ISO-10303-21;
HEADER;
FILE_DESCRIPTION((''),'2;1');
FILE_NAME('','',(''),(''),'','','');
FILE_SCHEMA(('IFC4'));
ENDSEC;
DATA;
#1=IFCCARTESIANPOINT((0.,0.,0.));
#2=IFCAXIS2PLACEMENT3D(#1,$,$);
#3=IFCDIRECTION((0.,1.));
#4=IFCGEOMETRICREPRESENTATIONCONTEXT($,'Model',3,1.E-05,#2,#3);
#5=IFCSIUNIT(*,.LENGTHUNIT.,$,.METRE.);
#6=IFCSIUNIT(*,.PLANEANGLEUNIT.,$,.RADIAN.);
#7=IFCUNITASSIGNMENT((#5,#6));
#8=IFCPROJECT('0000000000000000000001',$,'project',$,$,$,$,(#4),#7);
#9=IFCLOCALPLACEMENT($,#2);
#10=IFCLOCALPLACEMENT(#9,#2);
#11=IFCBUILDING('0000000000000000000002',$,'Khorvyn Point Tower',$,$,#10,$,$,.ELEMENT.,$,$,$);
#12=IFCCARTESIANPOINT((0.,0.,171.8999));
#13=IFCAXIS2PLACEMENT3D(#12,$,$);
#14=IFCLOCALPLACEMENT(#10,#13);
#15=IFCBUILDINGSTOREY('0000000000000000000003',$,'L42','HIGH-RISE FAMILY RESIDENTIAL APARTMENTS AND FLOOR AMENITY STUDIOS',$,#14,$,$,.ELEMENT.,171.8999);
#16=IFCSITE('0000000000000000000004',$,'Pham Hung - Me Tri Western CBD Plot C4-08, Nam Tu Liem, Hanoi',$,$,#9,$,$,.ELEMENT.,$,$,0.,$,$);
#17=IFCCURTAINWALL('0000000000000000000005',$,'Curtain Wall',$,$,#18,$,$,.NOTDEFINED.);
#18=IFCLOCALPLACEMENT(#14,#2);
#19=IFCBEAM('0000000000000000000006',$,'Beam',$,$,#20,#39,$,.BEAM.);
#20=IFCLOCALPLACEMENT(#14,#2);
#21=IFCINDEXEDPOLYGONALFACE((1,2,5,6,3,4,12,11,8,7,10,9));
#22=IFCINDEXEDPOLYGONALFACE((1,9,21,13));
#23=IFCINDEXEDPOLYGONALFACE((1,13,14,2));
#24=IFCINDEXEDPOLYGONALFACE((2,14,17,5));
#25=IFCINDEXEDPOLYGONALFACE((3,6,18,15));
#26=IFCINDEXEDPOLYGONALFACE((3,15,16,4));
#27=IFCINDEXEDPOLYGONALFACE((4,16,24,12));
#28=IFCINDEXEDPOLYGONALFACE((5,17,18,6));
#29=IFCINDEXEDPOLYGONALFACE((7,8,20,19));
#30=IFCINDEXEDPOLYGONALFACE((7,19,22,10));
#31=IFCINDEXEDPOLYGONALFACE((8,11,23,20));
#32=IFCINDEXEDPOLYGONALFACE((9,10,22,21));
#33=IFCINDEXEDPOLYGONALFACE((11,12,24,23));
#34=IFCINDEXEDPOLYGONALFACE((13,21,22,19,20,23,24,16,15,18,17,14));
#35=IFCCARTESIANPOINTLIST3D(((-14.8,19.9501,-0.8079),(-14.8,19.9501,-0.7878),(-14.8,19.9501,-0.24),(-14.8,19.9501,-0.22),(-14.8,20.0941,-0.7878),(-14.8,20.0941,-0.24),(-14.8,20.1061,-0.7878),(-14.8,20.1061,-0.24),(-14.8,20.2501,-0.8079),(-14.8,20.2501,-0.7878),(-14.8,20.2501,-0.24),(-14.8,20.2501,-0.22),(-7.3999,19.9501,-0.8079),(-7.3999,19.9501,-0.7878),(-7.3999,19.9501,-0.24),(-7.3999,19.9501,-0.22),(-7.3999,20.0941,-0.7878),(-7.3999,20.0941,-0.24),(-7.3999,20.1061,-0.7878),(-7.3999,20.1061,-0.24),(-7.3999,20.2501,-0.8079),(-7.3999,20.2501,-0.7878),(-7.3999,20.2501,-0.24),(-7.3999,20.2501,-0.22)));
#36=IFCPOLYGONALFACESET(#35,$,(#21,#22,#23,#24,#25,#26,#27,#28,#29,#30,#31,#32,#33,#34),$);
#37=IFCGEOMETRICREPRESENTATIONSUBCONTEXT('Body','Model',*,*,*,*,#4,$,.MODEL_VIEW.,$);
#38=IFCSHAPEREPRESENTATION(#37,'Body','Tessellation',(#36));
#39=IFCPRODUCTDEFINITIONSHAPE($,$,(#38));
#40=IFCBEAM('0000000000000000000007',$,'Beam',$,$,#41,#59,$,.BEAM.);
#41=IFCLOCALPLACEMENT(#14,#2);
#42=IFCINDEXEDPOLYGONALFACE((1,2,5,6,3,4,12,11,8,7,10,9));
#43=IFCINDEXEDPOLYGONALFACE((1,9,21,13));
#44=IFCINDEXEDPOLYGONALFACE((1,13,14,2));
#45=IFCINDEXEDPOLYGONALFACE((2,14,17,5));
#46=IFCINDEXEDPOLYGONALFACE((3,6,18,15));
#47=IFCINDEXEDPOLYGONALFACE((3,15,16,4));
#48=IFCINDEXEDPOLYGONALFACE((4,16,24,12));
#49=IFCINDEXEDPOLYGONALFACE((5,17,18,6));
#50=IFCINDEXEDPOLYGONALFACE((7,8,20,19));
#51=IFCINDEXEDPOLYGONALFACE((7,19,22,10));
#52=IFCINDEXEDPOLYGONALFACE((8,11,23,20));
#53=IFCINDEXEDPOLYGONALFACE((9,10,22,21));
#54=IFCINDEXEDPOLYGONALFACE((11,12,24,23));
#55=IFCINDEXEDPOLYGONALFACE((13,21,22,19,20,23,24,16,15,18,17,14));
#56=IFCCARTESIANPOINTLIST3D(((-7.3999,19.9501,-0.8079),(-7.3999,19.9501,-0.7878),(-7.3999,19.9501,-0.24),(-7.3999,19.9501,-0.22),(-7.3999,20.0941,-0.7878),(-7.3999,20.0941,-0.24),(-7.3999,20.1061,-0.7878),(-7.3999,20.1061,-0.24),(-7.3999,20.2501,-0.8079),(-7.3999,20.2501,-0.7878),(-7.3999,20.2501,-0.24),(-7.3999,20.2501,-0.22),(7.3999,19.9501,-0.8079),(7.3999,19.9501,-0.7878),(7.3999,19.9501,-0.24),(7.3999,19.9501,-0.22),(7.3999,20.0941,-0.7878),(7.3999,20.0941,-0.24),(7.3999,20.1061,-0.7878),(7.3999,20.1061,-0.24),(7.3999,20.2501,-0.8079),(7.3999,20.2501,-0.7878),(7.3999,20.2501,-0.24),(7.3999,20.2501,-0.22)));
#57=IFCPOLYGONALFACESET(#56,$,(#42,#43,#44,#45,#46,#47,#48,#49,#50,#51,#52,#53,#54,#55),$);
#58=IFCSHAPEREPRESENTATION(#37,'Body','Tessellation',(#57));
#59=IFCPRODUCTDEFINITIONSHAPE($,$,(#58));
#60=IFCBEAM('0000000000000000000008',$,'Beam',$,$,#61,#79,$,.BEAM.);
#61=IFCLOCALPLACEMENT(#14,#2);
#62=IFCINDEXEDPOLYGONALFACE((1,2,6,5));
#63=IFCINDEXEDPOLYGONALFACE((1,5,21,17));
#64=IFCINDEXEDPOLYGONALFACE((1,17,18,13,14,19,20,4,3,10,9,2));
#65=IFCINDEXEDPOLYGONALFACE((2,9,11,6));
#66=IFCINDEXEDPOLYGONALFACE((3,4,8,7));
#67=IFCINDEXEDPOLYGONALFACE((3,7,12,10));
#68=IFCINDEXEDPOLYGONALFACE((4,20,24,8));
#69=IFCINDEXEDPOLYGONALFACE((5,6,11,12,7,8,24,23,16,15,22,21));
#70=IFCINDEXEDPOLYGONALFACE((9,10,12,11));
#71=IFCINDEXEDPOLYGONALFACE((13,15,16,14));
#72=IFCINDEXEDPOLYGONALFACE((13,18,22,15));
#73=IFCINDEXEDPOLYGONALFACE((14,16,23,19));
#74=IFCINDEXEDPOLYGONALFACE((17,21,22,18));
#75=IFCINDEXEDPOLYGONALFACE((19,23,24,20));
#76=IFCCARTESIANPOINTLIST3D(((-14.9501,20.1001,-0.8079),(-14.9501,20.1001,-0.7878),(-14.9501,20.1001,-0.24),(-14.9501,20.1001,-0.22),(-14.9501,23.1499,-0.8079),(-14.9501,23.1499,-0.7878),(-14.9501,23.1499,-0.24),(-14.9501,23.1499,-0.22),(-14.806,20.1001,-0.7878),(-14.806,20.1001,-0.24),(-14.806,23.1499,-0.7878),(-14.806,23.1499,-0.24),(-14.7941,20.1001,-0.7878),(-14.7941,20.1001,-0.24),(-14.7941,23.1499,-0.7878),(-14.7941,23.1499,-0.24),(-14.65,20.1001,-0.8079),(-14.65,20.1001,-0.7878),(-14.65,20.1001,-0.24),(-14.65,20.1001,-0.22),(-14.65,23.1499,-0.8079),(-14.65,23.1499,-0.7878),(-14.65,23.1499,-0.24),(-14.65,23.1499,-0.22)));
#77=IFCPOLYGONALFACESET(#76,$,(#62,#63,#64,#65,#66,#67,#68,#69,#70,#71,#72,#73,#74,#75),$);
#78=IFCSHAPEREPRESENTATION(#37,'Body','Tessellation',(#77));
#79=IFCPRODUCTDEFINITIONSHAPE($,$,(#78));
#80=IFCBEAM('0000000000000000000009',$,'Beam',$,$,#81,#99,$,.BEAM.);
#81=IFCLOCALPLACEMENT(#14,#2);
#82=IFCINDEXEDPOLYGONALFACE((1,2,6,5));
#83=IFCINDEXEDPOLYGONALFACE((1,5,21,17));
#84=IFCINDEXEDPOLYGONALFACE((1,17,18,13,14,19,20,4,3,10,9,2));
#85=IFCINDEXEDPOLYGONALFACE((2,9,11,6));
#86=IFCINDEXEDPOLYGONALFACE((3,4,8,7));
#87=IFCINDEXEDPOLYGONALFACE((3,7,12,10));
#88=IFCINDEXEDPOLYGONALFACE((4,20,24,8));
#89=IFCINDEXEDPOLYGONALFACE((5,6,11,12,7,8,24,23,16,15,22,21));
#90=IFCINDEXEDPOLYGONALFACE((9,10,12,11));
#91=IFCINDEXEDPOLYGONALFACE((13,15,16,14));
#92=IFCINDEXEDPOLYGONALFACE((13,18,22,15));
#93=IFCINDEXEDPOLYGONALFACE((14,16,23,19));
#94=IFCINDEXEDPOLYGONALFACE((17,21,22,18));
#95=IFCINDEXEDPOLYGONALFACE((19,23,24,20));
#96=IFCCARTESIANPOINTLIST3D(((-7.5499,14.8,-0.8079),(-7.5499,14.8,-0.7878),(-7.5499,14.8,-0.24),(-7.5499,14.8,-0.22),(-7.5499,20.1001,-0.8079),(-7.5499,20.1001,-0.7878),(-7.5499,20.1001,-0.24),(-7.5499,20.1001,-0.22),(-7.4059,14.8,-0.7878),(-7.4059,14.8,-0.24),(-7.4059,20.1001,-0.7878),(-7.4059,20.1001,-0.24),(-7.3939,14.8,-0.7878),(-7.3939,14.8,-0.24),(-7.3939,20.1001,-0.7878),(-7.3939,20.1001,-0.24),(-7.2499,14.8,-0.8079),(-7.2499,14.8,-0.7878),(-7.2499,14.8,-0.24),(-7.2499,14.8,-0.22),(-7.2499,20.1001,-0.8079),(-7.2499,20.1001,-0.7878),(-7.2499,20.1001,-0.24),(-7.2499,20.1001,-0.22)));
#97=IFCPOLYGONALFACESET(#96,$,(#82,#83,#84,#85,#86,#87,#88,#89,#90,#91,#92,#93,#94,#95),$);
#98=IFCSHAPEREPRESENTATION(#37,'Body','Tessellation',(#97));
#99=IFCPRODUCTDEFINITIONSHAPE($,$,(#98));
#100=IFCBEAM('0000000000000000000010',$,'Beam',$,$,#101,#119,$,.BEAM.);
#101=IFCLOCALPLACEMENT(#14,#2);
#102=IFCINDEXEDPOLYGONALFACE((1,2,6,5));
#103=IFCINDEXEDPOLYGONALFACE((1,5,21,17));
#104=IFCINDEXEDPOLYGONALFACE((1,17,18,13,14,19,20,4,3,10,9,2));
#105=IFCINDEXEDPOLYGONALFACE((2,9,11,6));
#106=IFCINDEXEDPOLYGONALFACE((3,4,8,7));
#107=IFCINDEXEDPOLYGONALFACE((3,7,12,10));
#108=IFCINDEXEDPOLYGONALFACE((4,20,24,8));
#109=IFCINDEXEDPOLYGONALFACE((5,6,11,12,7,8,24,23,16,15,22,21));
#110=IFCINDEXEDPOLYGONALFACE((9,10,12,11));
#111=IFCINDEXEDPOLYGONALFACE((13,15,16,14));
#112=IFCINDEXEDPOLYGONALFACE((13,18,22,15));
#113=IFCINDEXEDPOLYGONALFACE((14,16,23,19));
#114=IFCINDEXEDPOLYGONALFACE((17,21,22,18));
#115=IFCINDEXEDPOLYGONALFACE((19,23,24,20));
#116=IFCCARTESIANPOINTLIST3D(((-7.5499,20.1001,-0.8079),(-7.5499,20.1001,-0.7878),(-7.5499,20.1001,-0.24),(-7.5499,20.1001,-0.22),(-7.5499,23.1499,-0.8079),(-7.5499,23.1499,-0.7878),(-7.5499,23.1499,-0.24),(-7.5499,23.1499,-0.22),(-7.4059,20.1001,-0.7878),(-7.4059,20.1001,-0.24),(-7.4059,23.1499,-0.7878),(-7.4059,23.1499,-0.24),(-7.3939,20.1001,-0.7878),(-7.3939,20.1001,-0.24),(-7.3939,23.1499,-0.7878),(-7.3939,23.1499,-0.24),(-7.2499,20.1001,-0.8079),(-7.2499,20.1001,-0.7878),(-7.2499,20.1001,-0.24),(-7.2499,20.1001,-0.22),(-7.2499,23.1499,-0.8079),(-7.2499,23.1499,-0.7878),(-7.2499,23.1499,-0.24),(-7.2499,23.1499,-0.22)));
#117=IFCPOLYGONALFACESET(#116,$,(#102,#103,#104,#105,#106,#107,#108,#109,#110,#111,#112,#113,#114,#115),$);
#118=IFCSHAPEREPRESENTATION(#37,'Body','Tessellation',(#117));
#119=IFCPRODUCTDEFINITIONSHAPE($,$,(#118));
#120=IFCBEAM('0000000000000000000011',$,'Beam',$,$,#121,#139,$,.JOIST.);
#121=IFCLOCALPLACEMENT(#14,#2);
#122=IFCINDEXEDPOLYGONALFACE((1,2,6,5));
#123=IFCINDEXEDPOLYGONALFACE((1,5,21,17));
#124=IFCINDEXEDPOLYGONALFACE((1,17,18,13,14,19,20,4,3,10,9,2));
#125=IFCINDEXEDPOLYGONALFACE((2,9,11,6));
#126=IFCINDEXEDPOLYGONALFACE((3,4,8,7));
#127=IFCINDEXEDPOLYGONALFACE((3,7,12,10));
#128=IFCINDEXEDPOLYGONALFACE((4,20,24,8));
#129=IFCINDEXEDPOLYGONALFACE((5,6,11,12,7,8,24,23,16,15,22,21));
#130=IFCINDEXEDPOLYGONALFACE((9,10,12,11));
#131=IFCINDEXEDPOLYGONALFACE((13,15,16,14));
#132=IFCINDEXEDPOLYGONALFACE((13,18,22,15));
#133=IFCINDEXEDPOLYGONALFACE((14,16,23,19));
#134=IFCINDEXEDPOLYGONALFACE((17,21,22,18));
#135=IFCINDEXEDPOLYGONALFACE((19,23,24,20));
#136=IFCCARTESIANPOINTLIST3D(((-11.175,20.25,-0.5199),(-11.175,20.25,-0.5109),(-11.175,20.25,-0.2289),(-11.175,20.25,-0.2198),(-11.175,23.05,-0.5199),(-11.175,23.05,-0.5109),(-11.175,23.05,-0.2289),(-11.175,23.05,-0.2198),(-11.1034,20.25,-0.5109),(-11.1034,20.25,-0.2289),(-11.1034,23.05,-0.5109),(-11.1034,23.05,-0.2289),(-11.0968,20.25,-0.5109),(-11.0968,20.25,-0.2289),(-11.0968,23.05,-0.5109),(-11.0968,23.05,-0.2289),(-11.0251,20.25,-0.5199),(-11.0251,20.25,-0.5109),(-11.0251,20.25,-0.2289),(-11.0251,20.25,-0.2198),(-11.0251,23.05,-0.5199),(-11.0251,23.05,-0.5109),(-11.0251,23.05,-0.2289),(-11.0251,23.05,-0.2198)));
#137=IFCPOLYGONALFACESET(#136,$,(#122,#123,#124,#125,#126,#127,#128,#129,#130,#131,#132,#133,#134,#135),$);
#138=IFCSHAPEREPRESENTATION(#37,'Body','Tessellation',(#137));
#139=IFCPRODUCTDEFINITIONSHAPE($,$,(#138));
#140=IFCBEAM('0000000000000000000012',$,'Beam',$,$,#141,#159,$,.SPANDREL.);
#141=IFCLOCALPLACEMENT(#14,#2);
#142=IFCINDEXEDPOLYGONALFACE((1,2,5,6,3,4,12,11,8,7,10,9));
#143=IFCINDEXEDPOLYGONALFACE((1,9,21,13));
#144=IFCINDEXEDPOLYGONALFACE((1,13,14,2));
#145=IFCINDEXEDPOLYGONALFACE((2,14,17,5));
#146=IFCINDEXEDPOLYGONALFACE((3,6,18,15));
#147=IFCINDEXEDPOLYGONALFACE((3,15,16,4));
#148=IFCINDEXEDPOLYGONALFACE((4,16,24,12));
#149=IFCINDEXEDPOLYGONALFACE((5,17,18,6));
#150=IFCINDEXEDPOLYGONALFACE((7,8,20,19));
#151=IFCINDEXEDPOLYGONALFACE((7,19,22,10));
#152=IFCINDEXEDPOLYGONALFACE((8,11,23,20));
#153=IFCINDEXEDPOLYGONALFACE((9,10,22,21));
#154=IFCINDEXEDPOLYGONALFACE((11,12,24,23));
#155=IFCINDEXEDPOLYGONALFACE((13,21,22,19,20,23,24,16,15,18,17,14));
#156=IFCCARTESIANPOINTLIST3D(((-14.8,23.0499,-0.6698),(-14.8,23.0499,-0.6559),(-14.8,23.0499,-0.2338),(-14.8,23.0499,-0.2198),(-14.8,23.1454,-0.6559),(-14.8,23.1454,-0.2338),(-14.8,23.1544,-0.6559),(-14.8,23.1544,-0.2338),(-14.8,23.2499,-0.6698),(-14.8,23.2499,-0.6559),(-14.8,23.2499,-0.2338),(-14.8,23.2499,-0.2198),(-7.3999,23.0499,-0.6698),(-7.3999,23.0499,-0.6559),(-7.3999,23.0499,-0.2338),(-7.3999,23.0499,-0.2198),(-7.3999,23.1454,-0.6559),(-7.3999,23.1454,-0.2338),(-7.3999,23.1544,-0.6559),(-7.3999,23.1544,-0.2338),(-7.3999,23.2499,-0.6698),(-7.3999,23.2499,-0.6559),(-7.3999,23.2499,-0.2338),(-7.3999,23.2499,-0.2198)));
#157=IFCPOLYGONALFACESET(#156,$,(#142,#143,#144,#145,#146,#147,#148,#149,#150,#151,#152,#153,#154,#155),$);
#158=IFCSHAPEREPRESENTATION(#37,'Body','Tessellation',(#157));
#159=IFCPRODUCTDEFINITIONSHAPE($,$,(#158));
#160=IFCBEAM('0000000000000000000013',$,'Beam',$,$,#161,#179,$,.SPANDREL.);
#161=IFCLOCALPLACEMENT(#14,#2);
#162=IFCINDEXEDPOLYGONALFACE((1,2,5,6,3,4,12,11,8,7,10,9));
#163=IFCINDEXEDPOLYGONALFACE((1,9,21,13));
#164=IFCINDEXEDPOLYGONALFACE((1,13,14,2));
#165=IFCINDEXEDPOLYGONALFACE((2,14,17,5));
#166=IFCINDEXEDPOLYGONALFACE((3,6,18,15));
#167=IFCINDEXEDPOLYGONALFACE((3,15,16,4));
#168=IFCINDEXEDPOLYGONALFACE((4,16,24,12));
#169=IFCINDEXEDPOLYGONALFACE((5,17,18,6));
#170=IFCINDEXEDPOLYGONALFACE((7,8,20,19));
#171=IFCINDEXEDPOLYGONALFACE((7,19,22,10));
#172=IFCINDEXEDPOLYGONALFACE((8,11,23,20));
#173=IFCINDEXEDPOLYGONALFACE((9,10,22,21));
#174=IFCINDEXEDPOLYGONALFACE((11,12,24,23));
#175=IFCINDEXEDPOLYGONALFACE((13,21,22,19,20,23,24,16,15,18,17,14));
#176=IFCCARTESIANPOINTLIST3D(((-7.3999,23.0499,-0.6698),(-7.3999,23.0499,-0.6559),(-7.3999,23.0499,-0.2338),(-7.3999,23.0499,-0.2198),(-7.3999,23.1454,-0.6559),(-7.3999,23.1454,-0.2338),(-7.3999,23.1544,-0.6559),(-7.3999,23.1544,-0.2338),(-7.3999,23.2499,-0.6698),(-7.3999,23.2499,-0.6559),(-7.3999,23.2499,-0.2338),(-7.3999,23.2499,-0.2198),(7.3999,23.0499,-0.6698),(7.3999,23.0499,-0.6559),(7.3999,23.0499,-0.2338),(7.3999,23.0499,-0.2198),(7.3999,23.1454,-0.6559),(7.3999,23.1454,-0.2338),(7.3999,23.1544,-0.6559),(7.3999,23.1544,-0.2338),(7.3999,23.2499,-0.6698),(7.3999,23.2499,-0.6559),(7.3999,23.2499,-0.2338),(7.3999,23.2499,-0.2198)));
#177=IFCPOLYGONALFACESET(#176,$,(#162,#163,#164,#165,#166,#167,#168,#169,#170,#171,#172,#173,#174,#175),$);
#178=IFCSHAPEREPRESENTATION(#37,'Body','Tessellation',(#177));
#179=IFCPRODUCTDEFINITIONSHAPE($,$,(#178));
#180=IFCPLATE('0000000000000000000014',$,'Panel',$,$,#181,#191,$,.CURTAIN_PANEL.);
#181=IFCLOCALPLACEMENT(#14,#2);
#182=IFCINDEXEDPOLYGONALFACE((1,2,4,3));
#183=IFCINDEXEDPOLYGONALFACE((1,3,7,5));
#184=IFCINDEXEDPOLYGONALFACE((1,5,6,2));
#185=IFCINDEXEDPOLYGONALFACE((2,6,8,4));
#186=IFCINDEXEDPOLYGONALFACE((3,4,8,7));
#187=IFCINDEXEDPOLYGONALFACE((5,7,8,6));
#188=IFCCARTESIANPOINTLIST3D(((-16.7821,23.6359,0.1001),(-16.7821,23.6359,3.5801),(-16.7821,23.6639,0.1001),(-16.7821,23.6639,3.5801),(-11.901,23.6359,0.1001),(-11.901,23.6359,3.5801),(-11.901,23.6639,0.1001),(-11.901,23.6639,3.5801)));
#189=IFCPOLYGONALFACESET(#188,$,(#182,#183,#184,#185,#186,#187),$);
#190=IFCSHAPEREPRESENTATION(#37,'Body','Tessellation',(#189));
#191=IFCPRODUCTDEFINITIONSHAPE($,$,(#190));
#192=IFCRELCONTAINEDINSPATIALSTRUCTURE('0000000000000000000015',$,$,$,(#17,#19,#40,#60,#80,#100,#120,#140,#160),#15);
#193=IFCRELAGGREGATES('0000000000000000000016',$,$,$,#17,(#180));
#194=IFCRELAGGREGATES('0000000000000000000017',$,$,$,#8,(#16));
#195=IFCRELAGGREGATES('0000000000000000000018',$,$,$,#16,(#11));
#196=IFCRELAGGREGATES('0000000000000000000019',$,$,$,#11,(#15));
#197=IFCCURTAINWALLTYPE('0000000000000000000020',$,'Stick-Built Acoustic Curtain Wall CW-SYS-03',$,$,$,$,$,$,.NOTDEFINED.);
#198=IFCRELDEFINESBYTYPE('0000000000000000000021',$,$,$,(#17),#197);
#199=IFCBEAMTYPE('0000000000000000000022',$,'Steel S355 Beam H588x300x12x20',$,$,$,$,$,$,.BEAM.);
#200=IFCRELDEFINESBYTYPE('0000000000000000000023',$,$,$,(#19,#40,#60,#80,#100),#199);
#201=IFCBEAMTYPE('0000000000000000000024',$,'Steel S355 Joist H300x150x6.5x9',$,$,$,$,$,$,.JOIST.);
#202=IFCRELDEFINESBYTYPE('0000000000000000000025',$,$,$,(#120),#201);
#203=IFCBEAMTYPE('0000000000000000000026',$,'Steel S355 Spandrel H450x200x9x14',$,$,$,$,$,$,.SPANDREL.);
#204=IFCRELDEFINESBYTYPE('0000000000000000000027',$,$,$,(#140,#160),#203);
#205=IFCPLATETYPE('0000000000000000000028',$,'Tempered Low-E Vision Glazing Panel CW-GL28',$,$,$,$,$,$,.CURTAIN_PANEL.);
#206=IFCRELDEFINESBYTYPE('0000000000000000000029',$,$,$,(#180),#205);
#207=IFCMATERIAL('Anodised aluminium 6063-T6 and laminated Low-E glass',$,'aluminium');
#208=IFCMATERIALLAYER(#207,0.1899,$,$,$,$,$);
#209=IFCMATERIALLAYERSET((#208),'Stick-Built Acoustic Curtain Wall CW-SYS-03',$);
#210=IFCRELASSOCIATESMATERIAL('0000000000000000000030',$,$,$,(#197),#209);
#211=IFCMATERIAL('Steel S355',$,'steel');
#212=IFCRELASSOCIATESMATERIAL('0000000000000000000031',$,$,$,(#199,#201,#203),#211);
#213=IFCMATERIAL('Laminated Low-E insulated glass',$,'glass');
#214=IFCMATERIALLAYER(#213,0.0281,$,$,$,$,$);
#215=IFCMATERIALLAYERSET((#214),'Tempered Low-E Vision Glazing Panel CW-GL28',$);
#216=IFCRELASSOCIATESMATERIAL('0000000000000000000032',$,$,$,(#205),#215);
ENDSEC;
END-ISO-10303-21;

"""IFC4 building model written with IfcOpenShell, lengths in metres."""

from ifc_helpers import new_model, si_unit, direction, frame, origin, origin_2d, place, context, subcontext, project, spatial, rectangle, i_section, extrude, material, layer, layer_set, material_profile, profile_set, type_object, element, aggregate, save


model = new_model("IFC4")

# Units and contexts
model_context = context("Model", 3, precision=1e-05, world=origin(), true_north=direction((0.0, 1.0)))
body_context = subcontext(model_context, "Body", "Model", "MODEL_VIEW")
ifc_project = project(units=[si_unit("LENGTHUNIT", "METRE"), si_unit("PLANEANGLEUNIT", "RADIAN")], contexts=[model_context])

# Site, building, storey
site_placement = place(None, origin())
site = spatial("IfcSite", under=ifc_project, at=site_placement, Name="Pham Hung - Me Tri Western CBD Plot C4-08, Nam Tu Liem, Hanoi", CompositionType="ELEMENT", RefElevation=0.0)
building_placement = place(site_placement, origin())
building = spatial("IfcBuilding", under=site, at=building_placement, Name="Khorvyn Point Tower", CompositionType="ELEMENT")
storey_placement = place(building_placement, frame((0.0, 0.0, 171.8999)))
storey = spatial("IfcBuildingStorey", under=building, at=storey_placement, Name="L42", Description="HIGH-RISE FAMILY RESIDENTIAL APARTMENTS AND FLOOR AMENITY STUDIOS", CompositionType="ELEMENT", Elevation=171.8999)

# Curtain wall
ifc_material_1 = material(Name="Anodised aluminium 6063-T6 and laminated Low-E glass", Category="aluminium")
ifc_layer_1 = layer(ifc_material_1, 0.1899)
ifc_layer_set_1 = layer_set([ifc_layer_1], Name="Stick-Built Acoustic Curtain Wall CW-SYS-03")
curtain_wall_type = type_object("IfcCurtainWallType", Name="Stick-Built Acoustic Curtain Wall CW-SYS-03", PredefinedType="NOTDEFINED", material=ifc_layer_set_1)
curtain_wall_1_placement = place(storey_placement, origin())
curtain_wall_1 = element("IfcCurtainWall", 1, at=curtain_wall_1_placement, inside=storey, type_object=curtain_wall_type, Name="Curtain Wall", PredefinedType="NOTDEFINED")

# Beams
ifc_material_2 = material(Name="Steel S355", Category="steel")
ifc_material_profile_1 = material_profile(ifc_material_2, i_section(OverallWidth=0.3, OverallDepth=0.5879, WebThickness=0.012, FlangeThickness=0.02, at=origin_2d()))
ifc_profile_set_1 = profile_set([ifc_material_profile_1], Name="Steel S355 H588x300x12x20")
beam_type_1 = type_object("IfcBeamType", Name="Steel S355 Beam H588x300x12x20", PredefinedType="BEAM", material=ifc_profile_set_1)
beam_1_placement = place(storey_placement, frame((-14.8, 20.1001, -0.5139), z_axis=(1.0, 0.0, 0.0), x_axis=(0.0, 1.0, 0.0)))
element("IfcBeam", 2, at=beam_1_placement, inside=storey, type_object=beam_type_1, Name="Beam", PredefinedType="BEAM", context=body_context, shape_type="SweptSolid", body=[
    extrude(i_section(OverallWidth=0.3, OverallDepth=0.5879, WebThickness=0.012, FlangeThickness=0.02, at=origin_2d()), origin(), (0.0, 0.0, 1.0), 7.4001),
])
beam_2_placement = place(storey_placement, frame((-7.3999, 20.1001, -0.5139), z_axis=(1.0, 0.0, 0.0), x_axis=(0.0, 1.0, 0.0)))
element("IfcBeam", 3, at=beam_2_placement, inside=storey, type_object=beam_type_1, Name="Beam", PredefinedType="BEAM", context=body_context, shape_type="SweptSolid", body=[
    extrude(i_section(OverallWidth=0.3, OverallDepth=0.5879, WebThickness=0.012, FlangeThickness=0.02, at=origin_2d()), origin(), (0.0, 0.0, 1.0), 14.7998),
])
beam_3_placement = place(storey_placement, frame((-14.8, 20.1001, -0.5139), z_axis=(0.0, 1.0, 0.0), x_axis=(-1.0, 0.0, 0.0)))
element("IfcBeam", 4, at=beam_3_placement, inside=storey, type_object=beam_type_1, Name="Beam", PredefinedType="BEAM", context=body_context, shape_type="SweptSolid", body=[
    extrude(i_section(OverallWidth=0.3, OverallDepth=0.5879, WebThickness=0.012, FlangeThickness=0.02, at=origin_2d()), origin(), (0.0, 0.0, 1.0), 3.0498),
])
beam_4_placement = place(storey_placement, frame((-7.3999, 14.8, -0.5139), z_axis=(0.0, 1.0, 0.0), x_axis=(-1.0, 0.0, 0.0)))
element("IfcBeam", 5, at=beam_4_placement, inside=storey, type_object=beam_type_1, Name="Beam", PredefinedType="BEAM", context=body_context, shape_type="SweptSolid", body=[
    extrude(i_section(OverallWidth=0.3, OverallDepth=0.5879, WebThickness=0.012, FlangeThickness=0.02, at=origin_2d()), origin(), (0.0, 0.0, 1.0), 5.3),
])
beam_5_placement = place(storey_placement, frame((-7.3999, 20.1001, -0.5139), z_axis=(0.0, 1.0, 0.0), x_axis=(-1.0, 0.0, 0.0)))
element("IfcBeam", 6, at=beam_5_placement, inside=storey, type_object=beam_type_1, Name="Beam", PredefinedType="BEAM", context=body_context, shape_type="SweptSolid", body=[
    extrude(i_section(OverallWidth=0.3, OverallDepth=0.5879, WebThickness=0.012, FlangeThickness=0.02, at=origin_2d()), origin(), (0.0, 0.0, 1.0), 3.0498),
])
ifc_material_profile_2 = material_profile(ifc_material_2, i_section(OverallWidth=0.1499, OverallDepth=0.3, WebThickness=0.0066, FlangeThickness=0.009, at=origin_2d()))
ifc_profile_set_2 = profile_set([ifc_material_profile_2], Name="Steel S355 H300x150x6.5x9")
beam_type_2 = type_object("IfcBeamType", Name="Steel S355 Joist H300x150x6.5x9", PredefinedType="JOIST", material=ifc_profile_set_2)
beam_6_placement = place(storey_placement, frame((-11.1001, 20.25, -0.3699), z_axis=(0.0, 1.0, 0.0), x_axis=(-1.0, 0.0, 0.0)))
element("IfcBeam", 7, at=beam_6_placement, inside=storey, type_object=beam_type_2, Name="Beam", PredefinedType="JOIST", context=body_context, shape_type="SweptSolid", body=[
    extrude(i_section(OverallWidth=0.1499, OverallDepth=0.3, WebThickness=0.0066, FlangeThickness=0.009, at=origin_2d()), origin(), (0.0, 0.0, 1.0), 2.8),
])
ifc_material_profile_3 = material_profile(ifc_material_2, i_section(OverallWidth=0.2, OverallDepth=0.45, WebThickness=0.009, FlangeThickness=0.0139, at=origin_2d()))
ifc_profile_set_3 = profile_set([ifc_material_profile_3], Name="Steel S355 H450x200x9x14")
beam_type_3 = type_object("IfcBeamType", Name="Steel S355 Spandrel H450x200x9x14", PredefinedType="SPANDREL", material=ifc_profile_set_3)
beam_7_placement = place(storey_placement, frame((-14.8, 23.1499, -0.4448), z_axis=(1.0, 0.0, 0.0), x_axis=(0.0, 1.0, 0.0)))
element("IfcBeam", 8, at=beam_7_placement, inside=storey, type_object=beam_type_3, Name="Beam", PredefinedType="SPANDREL", context=body_context, shape_type="SweptSolid", body=[
    extrude(i_section(OverallWidth=0.2, OverallDepth=0.45, WebThickness=0.009, FlangeThickness=0.0139, at=origin_2d()), origin(), (0.0, 0.0, 1.0), 7.4001),
])
beam_8_placement = place(storey_placement, frame((-7.3999, 23.1499, -0.4448), z_axis=(1.0, 0.0, 0.0), x_axis=(0.0, 1.0, 0.0)))
element("IfcBeam", 9, at=beam_8_placement, inside=storey, type_object=beam_type_3, Name="Beam", PredefinedType="SPANDREL", context=body_context, shape_type="SweptSolid", body=[
    extrude(i_section(OverallWidth=0.2, OverallDepth=0.45, WebThickness=0.009, FlangeThickness=0.0139, at=origin_2d()), origin(), (0.0, 0.0, 1.0), 14.7998),
])

# Plate
ifc_material_3 = material(Name="Laminated Low-E insulated glass", Category="glass")
ifc_layer_2 = layer(ifc_material_3, 0.0281)
ifc_layer_set_2 = layer_set([ifc_layer_2], Name="Tempered Low-E Vision Glazing Panel CW-GL28")
plate_type = type_object("IfcPlateType", Name="Tempered Low-E Vision Glazing Panel CW-GL28", PredefinedType="CURTAIN_PANEL", material=ifc_layer_set_2)
plate_1_placement = place(storey_placement, frame((-14.3416, 23.6499, 0.1001), z_axis=(0.0, 0.0, 1.0), x_axis=(1.0, 0.0, 0.0)))
plate_1 = element("IfcPlate", 10, at=plate_1_placement, type_object=plate_type, Name="Panel", PredefinedType="CURTAIN_PANEL", context=body_context, shape_type="SweptSolid", body=[
    extrude(rectangle(XDim=4.8811, YDim=0.0281, at=origin_2d()), origin(), (0.0, 0.0, 1.0), 3.48),
])
aggregate(curtain_wall_1, [plate_1])

save(model, "model.ifc")
